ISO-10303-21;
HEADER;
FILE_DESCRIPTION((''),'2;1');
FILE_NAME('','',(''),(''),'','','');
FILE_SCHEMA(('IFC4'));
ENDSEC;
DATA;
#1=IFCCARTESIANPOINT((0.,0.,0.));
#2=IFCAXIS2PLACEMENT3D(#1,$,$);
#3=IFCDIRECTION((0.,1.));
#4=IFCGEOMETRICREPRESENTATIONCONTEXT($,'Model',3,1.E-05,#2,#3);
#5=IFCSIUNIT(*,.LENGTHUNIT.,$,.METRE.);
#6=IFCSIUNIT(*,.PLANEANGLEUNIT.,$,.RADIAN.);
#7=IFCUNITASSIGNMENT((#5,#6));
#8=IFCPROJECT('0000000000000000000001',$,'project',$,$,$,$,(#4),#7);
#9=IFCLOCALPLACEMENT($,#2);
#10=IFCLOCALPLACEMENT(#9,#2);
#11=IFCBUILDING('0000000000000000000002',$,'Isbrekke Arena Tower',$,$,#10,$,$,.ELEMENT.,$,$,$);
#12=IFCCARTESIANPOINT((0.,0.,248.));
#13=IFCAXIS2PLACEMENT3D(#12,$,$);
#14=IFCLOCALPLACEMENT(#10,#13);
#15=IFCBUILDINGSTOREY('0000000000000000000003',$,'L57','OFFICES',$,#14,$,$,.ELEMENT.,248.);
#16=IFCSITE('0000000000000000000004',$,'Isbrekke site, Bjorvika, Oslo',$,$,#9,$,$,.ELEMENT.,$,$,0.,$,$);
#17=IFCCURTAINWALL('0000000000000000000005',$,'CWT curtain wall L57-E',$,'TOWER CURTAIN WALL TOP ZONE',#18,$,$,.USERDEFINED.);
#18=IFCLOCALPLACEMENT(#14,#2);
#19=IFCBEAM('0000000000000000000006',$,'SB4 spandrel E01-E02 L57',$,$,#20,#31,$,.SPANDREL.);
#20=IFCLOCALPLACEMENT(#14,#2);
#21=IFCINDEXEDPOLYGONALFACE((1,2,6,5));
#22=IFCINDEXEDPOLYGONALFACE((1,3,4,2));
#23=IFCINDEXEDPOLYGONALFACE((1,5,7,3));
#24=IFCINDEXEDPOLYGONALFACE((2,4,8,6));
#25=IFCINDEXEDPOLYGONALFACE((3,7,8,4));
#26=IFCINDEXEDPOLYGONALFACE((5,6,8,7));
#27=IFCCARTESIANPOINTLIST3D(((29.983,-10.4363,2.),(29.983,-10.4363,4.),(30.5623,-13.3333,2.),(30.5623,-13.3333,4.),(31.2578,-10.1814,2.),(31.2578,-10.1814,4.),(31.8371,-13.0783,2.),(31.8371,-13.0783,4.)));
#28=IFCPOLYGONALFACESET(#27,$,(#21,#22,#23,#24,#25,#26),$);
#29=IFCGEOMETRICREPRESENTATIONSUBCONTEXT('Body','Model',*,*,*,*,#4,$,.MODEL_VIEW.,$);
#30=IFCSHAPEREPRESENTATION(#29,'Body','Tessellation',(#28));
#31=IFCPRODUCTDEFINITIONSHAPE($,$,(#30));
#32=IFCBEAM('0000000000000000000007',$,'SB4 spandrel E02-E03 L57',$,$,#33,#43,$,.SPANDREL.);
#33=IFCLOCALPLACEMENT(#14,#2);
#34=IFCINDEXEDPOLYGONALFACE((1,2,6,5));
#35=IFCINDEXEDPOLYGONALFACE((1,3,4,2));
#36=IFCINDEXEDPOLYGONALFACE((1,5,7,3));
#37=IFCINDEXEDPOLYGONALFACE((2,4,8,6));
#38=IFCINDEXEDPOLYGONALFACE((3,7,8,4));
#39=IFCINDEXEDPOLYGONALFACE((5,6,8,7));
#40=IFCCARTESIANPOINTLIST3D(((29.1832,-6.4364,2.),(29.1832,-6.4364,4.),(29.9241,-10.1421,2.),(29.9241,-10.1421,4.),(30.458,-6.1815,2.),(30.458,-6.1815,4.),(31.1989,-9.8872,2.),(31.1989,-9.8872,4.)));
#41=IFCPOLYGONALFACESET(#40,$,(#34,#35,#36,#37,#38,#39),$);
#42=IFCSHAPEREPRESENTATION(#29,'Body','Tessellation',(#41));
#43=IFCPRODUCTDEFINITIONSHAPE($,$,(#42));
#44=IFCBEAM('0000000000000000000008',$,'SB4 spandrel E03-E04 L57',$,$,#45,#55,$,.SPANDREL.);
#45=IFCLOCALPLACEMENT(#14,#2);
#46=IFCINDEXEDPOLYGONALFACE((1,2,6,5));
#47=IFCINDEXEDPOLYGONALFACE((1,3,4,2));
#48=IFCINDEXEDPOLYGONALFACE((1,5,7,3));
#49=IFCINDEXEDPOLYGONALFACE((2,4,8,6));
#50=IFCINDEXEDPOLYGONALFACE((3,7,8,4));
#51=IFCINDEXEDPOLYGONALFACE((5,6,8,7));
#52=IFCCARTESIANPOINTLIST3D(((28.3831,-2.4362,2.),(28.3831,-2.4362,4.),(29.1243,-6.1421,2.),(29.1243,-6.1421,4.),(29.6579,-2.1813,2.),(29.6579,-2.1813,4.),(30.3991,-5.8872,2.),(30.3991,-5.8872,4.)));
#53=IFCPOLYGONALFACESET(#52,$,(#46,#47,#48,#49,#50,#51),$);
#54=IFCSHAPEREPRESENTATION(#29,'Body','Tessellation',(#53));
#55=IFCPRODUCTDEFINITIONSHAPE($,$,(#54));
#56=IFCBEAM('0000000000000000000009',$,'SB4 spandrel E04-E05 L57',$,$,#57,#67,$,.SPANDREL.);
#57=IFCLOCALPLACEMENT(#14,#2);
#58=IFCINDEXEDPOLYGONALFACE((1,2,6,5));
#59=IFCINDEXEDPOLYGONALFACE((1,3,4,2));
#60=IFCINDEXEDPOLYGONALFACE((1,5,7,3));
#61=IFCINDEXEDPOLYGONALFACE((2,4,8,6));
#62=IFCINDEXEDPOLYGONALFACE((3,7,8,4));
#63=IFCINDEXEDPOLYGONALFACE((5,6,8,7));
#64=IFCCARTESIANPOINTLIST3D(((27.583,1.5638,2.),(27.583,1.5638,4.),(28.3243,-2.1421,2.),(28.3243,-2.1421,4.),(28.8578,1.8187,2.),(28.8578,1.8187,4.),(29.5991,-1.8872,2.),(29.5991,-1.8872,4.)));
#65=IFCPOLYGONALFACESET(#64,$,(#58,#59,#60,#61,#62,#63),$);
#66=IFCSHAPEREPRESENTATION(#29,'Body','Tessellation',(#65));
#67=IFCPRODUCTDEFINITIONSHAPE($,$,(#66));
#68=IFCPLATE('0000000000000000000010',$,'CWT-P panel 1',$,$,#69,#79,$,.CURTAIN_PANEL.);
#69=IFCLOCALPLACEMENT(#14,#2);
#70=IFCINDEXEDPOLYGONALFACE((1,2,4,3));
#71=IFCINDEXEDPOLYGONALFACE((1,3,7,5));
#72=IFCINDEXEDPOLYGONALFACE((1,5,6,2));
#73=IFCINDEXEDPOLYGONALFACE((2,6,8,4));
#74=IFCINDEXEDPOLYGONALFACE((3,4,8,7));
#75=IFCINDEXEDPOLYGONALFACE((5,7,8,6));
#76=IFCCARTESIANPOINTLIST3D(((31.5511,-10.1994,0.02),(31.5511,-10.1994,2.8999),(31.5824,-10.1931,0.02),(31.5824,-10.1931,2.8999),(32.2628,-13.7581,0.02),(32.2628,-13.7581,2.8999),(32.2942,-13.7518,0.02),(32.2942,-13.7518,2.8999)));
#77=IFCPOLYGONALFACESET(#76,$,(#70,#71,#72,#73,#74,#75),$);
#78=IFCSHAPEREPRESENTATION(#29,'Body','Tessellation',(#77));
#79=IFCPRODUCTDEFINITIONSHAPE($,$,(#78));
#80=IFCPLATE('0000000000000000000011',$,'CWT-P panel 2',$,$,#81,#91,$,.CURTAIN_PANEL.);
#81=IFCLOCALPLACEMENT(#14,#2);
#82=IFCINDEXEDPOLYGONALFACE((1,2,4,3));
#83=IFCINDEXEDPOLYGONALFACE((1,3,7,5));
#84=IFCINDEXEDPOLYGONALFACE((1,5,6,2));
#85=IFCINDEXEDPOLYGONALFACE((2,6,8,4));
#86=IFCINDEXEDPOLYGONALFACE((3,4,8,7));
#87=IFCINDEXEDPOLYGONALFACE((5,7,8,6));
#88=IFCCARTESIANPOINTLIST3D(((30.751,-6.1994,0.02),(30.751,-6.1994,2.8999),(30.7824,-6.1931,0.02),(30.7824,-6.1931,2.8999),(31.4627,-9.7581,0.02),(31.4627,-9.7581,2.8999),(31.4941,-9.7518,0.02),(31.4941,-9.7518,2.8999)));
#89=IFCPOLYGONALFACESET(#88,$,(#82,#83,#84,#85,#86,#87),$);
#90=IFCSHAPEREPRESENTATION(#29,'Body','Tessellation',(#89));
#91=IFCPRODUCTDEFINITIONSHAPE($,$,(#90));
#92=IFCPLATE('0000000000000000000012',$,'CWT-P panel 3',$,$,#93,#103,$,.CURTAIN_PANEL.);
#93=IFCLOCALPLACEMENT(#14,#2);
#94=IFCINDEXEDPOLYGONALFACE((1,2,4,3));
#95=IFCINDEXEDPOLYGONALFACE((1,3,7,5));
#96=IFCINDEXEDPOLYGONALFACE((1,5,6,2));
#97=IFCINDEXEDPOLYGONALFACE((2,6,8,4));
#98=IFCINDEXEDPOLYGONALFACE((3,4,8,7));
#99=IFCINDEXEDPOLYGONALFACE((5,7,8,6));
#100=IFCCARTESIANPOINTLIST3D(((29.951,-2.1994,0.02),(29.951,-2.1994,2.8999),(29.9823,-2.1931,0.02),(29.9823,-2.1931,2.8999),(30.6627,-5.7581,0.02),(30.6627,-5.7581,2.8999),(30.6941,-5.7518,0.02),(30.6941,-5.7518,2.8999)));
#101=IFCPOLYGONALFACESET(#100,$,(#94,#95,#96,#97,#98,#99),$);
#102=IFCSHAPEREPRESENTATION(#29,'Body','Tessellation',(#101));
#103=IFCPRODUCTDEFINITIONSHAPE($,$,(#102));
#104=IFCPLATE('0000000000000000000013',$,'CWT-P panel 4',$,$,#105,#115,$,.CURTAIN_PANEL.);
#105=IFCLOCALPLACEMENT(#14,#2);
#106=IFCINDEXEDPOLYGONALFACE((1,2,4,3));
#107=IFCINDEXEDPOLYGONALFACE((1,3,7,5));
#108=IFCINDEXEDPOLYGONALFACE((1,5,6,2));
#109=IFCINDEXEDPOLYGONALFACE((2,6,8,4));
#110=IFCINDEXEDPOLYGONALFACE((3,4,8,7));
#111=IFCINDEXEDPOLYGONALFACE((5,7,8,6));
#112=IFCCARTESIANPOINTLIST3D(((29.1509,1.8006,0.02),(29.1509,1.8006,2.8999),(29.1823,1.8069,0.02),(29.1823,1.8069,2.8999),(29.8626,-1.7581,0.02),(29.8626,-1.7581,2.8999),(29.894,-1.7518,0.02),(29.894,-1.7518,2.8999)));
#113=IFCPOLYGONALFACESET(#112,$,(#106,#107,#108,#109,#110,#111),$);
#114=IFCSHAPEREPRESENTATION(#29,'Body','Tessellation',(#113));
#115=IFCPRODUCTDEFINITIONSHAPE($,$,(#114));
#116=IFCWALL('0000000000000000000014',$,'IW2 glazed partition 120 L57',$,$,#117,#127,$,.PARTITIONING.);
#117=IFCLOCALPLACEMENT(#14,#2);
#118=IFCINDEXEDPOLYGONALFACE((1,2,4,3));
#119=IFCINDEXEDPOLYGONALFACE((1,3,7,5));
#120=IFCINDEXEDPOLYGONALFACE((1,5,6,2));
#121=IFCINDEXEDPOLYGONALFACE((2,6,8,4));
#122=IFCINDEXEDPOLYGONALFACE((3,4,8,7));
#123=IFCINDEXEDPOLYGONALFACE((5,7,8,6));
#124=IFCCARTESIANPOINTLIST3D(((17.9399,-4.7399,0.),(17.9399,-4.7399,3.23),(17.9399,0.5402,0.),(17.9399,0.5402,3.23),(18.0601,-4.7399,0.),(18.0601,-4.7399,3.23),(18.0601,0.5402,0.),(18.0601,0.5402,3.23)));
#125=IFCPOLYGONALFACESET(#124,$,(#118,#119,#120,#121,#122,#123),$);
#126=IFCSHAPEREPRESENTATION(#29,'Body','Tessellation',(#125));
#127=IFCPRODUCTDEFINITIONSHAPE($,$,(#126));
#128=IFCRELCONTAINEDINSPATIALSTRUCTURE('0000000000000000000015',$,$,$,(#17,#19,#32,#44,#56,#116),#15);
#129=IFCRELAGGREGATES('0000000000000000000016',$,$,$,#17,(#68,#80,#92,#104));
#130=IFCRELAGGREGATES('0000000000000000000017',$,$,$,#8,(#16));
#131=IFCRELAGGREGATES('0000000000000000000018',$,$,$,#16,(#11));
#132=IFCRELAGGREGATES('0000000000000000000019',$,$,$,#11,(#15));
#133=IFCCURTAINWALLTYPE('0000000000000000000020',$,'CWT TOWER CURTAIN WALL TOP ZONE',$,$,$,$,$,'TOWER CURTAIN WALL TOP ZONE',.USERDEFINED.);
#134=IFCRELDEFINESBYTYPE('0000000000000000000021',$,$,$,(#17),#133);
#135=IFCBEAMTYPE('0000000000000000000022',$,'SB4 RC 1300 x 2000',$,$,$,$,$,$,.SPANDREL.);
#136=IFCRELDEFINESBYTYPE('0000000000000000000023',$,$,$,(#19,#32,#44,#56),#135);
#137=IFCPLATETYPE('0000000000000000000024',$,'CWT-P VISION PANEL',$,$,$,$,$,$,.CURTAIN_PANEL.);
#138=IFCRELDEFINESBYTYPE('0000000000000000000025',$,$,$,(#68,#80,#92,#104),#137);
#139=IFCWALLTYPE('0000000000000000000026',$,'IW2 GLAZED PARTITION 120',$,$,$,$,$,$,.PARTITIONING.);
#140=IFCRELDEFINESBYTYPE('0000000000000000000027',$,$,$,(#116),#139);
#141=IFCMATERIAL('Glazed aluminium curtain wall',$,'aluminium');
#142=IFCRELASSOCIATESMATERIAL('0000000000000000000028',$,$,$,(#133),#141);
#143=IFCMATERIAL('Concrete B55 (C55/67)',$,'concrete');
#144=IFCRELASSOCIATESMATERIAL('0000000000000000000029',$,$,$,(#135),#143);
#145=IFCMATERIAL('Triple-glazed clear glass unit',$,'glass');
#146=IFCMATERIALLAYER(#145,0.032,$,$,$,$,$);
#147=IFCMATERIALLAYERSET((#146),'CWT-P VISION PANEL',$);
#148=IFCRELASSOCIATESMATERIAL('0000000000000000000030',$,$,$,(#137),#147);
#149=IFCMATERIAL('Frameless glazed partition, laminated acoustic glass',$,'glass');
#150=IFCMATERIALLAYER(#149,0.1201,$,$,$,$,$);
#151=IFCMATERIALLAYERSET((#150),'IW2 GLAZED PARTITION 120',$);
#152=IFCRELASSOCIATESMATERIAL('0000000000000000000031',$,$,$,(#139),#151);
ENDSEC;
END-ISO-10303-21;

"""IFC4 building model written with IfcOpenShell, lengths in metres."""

from ifc_helpers import new_model, si_unit, direction, frame, frame_2d, origin, origin_2d, place, context, subcontext, project, spatial, rectangle, extrude, material, layer, layer_set, material_profile, profile_set, type_object, element, aggregate, save


model = new_model("IFC4")

# Units and contexts
model_context = context("Model", 3, precision=1e-05, world=origin(), true_north=direction((0.0, 1.0)))
body_context = subcontext(model_context, "Body", "Model", "MODEL_VIEW")
ifc_project = project(units=[si_unit("LENGTHUNIT", "METRE"), si_unit("PLANEANGLEUNIT", "RADIAN")], contexts=[model_context])

# Site, building, storey
site_placement = place(None, origin())
site = spatial("IfcSite", under=ifc_project, at=site_placement, Name="Isbrekke site, Bjorvika, Oslo", CompositionType="ELEMENT", RefElevation=0.0)
building_placement = place(site_placement, origin())
building = spatial("IfcBuilding", under=site, at=building_placement, Name="Isbrekke Arena Tower", CompositionType="ELEMENT")
storey_placement = place(building_placement, frame((0.0, 0.0, 248.0)))
storey = spatial("IfcBuildingStorey", under=building, at=storey_placement, Name="L57", Description="OFFICES", CompositionType="ELEMENT", Elevation=248.0)

# Curtain wall
ifc_material_1 = material(Name="Glazed aluminium curtain wall", Category="aluminium")
curtain_wall_type = type_object("IfcCurtainWallType", Name="CWT TOWER CURTAIN WALL TOP ZONE", ElementType="TOWER CURTAIN WALL TOP ZONE", PredefinedType="USERDEFINED", material=ifc_material_1)
curtain_wall_placement = place(storey_placement, origin())
curtain_wall = element("IfcCurtainWall", 1, at=curtain_wall_placement, inside=storey, type_object=curtain_wall_type, Name="CWT curtain wall L57-E", ObjectType="TOWER CURTAIN WALL TOP ZONE", PredefinedType="USERDEFINED")

# Beams
ifc_material_2 = material(Name="Concrete B55 (C55/67)", Category="concrete")
ifc_material_profile_1 = material_profile(ifc_material_2, rectangle(XDim=1.3, YDim=2.0, at=origin_2d()), Name="RC 1300x2000")
ifc_profile_set_1 = profile_set([ifc_material_profile_1], Name="Concrete B55 (C55/67)")
beam_type_1 = type_object("IfcBeamType", Name="SB4 RC 1300 x 2000", PredefinedType="SPANDREL", material=ifc_profile_set_1)
beam_1_placement = place(storey_placement, frame((31.1997, -13.2058, 3.0), z_axis=(-0.1961, 0.980584, 0.0), x_axis=(-0.980584, -0.1961, 0.0)))
element("IfcBeam", 2, at=beam_1_placement, inside=storey, type_object=beam_type_1, Name="SB4 spandrel E01-E02 L57", PredefinedType="SPANDREL", context=body_context, shape_type="SweptSolid", body=[
    extrude(rectangle(XDim=1.3, YDim=2.0, at=origin_2d()), origin(), (0.0, 0.0, 1.0), 2.9543),
])
beam_2_placement = place(storey_placement, frame((30.5615, -10.0146, 3.0), z_axis=(-0.196066, 0.980591, 0.0), x_axis=(-0.980591, -0.196066, 0.0)))
element("IfcBeam", 3, at=beam_2_placement, inside=storey, type_object=beam_type_1, Name="SB4 spandrel E02-E03 L57", PredefinedType="SPANDREL", context=body_context, shape_type="SweptSolid", body=[
    extrude(rectangle(XDim=1.3, YDim=2.0, at=origin_2d()), origin(), (0.0, 0.0, 1.0), 3.7791),
])
for number, where, z_axis, x_axis, name in (
    (4, (29.7617, -6.0146, 3.0), (-0.196129, 0.980578, 0.0), (-0.980578, -0.196129, 0.0), "SB4 spandrel E03-E04 L57"),
    (5, (28.9617, -2.0146, 3.0), (-0.196129, 0.980578, 0.0), (-0.980578, -0.196129, 0.0), "SB4 spandrel E04-E05 L57"),
):
    element("IfcBeam", number, at=place(storey_placement, frame(where, z_axis=z_axis, x_axis=x_axis)), inside=storey, type_object=beam_type_1, Name=name, PredefinedType="SPANDREL", context=body_context, shape_type="SweptSolid", body=[
        extrude(rectangle(XDim=1.3, YDim=2.0, at=origin_2d()), origin(), (0.0, 0.0, 1.0), 3.7793),
    ])

# Plates
ifc_material_3 = material(Name="Triple-glazed clear glass unit", Category="glass")
ifc_layer_1 = layer(ifc_material_3, 0.032)
ifc_layer_set_1 = layer_set([ifc_layer_1], Name="CWT-P VISION PANEL")
plate_type = type_object("IfcPlateType", Name="CWT-P VISION PANEL", PredefinedType="CURTAIN_PANEL", material=ifc_layer_set_1)
plate_1_placement = place(storey_placement, frame((31.9226, -11.9756, 0.02), z_axis=(0.0, 0.0, 1.0), x_axis=(-0.196116, 0.980581, 0.0)))
plate_1 = element("IfcPlate", 6, at=plate_1_placement, type_object=plate_type, Name="CWT-P panel 1", PredefinedType="CURTAIN_PANEL", context=body_context, shape_type="SweptSolid", body=[
    extrude(rectangle(XDim=3.6292, YDim=0.032, at=origin_2d()), origin(), (0.0, 0.0, 1.0), 2.8799),
])
plate_2_placement = place(storey_placement, frame((31.1226, -7.9756, 0.02), z_axis=(0.0, 0.0, 1.0), x_axis=(-0.196116, 0.980581, 0.0)))
plate_2 = element("IfcPlate", 7, at=plate_2_placement, type_object=plate_type, Name="CWT-P panel 2", PredefinedType="CURTAIN_PANEL", context=body_context, shape_type="SweptSolid", body=[
    extrude(rectangle(XDim=3.6292, YDim=0.032, at=origin_2d()), origin(), (0.0, 0.0, 1.0), 2.8799),
])
plate_3_placement = place(storey_placement, frame((30.3225, -3.9756, 0.02), z_axis=(0.0, 0.0, 1.0), x_axis=(-0.196116, 0.980581, 0.0)))
plate_3 = element("IfcPlate", 8, at=plate_3_placement, type_object=plate_type, Name="CWT-P panel 3", PredefinedType="CURTAIN_PANEL", context=body_context, shape_type="SweptSolid", body=[
    extrude(rectangle(XDim=3.6292, YDim=0.032, at=origin_2d()), origin(), (0.0, 0.0, 1.0), 2.8799),
])
plate_4_placement = place(storey_placement, frame((29.5225, 0.0244, 0.02), z_axis=(0.0, 0.0, 1.0), x_axis=(-0.196116, 0.980581, 0.0)))
plate_4 = element("IfcPlate", 9, at=plate_4_placement, type_object=plate_type, Name="CWT-P panel 4", PredefinedType="CURTAIN_PANEL", context=body_context, shape_type="SweptSolid", body=[
    extrude(rectangle(XDim=3.6292, YDim=0.032, at=origin_2d()), origin(), (0.0, 0.0, 1.0), 2.8799),
])
aggregate(curtain_wall, [plate_1, plate_2, plate_3, plate_4])

# Wall
ifc_material_4 = material(Name="Frameless glazed partition, laminated acoustic glass", Category="glass")
ifc_layer_2 = layer(ifc_material_4, 0.1201)
ifc_layer_set_2 = layer_set([ifc_layer_2], Name="IW2 GLAZED PARTITION 120")
wall_type = type_object("IfcWallType", Name="IW2 GLAZED PARTITION 120", PredefinedType="PARTITIONING", material=ifc_layer_set_2)
wall_placement = place(storey_placement, frame((18.0, -4.74, 0.0), z_axis=(0.0, 0.0, 1.0), x_axis=(0.0, 1.0, 0.0)))
element("IfcWall", 10, at=wall_placement, inside=storey, type_object=wall_type, Name="IW2 glazed partition 120 L57", PredefinedType="PARTITIONING", context=body_context, shape_type="SweptSolid", body=[
    extrude(rectangle(XDim=5.28, YDim=0.1201, at=frame_2d((2.6401, 0.0))), origin(), (0.0, 0.0, 1.0), 3.23),
])

save(model, "model.ifc")
